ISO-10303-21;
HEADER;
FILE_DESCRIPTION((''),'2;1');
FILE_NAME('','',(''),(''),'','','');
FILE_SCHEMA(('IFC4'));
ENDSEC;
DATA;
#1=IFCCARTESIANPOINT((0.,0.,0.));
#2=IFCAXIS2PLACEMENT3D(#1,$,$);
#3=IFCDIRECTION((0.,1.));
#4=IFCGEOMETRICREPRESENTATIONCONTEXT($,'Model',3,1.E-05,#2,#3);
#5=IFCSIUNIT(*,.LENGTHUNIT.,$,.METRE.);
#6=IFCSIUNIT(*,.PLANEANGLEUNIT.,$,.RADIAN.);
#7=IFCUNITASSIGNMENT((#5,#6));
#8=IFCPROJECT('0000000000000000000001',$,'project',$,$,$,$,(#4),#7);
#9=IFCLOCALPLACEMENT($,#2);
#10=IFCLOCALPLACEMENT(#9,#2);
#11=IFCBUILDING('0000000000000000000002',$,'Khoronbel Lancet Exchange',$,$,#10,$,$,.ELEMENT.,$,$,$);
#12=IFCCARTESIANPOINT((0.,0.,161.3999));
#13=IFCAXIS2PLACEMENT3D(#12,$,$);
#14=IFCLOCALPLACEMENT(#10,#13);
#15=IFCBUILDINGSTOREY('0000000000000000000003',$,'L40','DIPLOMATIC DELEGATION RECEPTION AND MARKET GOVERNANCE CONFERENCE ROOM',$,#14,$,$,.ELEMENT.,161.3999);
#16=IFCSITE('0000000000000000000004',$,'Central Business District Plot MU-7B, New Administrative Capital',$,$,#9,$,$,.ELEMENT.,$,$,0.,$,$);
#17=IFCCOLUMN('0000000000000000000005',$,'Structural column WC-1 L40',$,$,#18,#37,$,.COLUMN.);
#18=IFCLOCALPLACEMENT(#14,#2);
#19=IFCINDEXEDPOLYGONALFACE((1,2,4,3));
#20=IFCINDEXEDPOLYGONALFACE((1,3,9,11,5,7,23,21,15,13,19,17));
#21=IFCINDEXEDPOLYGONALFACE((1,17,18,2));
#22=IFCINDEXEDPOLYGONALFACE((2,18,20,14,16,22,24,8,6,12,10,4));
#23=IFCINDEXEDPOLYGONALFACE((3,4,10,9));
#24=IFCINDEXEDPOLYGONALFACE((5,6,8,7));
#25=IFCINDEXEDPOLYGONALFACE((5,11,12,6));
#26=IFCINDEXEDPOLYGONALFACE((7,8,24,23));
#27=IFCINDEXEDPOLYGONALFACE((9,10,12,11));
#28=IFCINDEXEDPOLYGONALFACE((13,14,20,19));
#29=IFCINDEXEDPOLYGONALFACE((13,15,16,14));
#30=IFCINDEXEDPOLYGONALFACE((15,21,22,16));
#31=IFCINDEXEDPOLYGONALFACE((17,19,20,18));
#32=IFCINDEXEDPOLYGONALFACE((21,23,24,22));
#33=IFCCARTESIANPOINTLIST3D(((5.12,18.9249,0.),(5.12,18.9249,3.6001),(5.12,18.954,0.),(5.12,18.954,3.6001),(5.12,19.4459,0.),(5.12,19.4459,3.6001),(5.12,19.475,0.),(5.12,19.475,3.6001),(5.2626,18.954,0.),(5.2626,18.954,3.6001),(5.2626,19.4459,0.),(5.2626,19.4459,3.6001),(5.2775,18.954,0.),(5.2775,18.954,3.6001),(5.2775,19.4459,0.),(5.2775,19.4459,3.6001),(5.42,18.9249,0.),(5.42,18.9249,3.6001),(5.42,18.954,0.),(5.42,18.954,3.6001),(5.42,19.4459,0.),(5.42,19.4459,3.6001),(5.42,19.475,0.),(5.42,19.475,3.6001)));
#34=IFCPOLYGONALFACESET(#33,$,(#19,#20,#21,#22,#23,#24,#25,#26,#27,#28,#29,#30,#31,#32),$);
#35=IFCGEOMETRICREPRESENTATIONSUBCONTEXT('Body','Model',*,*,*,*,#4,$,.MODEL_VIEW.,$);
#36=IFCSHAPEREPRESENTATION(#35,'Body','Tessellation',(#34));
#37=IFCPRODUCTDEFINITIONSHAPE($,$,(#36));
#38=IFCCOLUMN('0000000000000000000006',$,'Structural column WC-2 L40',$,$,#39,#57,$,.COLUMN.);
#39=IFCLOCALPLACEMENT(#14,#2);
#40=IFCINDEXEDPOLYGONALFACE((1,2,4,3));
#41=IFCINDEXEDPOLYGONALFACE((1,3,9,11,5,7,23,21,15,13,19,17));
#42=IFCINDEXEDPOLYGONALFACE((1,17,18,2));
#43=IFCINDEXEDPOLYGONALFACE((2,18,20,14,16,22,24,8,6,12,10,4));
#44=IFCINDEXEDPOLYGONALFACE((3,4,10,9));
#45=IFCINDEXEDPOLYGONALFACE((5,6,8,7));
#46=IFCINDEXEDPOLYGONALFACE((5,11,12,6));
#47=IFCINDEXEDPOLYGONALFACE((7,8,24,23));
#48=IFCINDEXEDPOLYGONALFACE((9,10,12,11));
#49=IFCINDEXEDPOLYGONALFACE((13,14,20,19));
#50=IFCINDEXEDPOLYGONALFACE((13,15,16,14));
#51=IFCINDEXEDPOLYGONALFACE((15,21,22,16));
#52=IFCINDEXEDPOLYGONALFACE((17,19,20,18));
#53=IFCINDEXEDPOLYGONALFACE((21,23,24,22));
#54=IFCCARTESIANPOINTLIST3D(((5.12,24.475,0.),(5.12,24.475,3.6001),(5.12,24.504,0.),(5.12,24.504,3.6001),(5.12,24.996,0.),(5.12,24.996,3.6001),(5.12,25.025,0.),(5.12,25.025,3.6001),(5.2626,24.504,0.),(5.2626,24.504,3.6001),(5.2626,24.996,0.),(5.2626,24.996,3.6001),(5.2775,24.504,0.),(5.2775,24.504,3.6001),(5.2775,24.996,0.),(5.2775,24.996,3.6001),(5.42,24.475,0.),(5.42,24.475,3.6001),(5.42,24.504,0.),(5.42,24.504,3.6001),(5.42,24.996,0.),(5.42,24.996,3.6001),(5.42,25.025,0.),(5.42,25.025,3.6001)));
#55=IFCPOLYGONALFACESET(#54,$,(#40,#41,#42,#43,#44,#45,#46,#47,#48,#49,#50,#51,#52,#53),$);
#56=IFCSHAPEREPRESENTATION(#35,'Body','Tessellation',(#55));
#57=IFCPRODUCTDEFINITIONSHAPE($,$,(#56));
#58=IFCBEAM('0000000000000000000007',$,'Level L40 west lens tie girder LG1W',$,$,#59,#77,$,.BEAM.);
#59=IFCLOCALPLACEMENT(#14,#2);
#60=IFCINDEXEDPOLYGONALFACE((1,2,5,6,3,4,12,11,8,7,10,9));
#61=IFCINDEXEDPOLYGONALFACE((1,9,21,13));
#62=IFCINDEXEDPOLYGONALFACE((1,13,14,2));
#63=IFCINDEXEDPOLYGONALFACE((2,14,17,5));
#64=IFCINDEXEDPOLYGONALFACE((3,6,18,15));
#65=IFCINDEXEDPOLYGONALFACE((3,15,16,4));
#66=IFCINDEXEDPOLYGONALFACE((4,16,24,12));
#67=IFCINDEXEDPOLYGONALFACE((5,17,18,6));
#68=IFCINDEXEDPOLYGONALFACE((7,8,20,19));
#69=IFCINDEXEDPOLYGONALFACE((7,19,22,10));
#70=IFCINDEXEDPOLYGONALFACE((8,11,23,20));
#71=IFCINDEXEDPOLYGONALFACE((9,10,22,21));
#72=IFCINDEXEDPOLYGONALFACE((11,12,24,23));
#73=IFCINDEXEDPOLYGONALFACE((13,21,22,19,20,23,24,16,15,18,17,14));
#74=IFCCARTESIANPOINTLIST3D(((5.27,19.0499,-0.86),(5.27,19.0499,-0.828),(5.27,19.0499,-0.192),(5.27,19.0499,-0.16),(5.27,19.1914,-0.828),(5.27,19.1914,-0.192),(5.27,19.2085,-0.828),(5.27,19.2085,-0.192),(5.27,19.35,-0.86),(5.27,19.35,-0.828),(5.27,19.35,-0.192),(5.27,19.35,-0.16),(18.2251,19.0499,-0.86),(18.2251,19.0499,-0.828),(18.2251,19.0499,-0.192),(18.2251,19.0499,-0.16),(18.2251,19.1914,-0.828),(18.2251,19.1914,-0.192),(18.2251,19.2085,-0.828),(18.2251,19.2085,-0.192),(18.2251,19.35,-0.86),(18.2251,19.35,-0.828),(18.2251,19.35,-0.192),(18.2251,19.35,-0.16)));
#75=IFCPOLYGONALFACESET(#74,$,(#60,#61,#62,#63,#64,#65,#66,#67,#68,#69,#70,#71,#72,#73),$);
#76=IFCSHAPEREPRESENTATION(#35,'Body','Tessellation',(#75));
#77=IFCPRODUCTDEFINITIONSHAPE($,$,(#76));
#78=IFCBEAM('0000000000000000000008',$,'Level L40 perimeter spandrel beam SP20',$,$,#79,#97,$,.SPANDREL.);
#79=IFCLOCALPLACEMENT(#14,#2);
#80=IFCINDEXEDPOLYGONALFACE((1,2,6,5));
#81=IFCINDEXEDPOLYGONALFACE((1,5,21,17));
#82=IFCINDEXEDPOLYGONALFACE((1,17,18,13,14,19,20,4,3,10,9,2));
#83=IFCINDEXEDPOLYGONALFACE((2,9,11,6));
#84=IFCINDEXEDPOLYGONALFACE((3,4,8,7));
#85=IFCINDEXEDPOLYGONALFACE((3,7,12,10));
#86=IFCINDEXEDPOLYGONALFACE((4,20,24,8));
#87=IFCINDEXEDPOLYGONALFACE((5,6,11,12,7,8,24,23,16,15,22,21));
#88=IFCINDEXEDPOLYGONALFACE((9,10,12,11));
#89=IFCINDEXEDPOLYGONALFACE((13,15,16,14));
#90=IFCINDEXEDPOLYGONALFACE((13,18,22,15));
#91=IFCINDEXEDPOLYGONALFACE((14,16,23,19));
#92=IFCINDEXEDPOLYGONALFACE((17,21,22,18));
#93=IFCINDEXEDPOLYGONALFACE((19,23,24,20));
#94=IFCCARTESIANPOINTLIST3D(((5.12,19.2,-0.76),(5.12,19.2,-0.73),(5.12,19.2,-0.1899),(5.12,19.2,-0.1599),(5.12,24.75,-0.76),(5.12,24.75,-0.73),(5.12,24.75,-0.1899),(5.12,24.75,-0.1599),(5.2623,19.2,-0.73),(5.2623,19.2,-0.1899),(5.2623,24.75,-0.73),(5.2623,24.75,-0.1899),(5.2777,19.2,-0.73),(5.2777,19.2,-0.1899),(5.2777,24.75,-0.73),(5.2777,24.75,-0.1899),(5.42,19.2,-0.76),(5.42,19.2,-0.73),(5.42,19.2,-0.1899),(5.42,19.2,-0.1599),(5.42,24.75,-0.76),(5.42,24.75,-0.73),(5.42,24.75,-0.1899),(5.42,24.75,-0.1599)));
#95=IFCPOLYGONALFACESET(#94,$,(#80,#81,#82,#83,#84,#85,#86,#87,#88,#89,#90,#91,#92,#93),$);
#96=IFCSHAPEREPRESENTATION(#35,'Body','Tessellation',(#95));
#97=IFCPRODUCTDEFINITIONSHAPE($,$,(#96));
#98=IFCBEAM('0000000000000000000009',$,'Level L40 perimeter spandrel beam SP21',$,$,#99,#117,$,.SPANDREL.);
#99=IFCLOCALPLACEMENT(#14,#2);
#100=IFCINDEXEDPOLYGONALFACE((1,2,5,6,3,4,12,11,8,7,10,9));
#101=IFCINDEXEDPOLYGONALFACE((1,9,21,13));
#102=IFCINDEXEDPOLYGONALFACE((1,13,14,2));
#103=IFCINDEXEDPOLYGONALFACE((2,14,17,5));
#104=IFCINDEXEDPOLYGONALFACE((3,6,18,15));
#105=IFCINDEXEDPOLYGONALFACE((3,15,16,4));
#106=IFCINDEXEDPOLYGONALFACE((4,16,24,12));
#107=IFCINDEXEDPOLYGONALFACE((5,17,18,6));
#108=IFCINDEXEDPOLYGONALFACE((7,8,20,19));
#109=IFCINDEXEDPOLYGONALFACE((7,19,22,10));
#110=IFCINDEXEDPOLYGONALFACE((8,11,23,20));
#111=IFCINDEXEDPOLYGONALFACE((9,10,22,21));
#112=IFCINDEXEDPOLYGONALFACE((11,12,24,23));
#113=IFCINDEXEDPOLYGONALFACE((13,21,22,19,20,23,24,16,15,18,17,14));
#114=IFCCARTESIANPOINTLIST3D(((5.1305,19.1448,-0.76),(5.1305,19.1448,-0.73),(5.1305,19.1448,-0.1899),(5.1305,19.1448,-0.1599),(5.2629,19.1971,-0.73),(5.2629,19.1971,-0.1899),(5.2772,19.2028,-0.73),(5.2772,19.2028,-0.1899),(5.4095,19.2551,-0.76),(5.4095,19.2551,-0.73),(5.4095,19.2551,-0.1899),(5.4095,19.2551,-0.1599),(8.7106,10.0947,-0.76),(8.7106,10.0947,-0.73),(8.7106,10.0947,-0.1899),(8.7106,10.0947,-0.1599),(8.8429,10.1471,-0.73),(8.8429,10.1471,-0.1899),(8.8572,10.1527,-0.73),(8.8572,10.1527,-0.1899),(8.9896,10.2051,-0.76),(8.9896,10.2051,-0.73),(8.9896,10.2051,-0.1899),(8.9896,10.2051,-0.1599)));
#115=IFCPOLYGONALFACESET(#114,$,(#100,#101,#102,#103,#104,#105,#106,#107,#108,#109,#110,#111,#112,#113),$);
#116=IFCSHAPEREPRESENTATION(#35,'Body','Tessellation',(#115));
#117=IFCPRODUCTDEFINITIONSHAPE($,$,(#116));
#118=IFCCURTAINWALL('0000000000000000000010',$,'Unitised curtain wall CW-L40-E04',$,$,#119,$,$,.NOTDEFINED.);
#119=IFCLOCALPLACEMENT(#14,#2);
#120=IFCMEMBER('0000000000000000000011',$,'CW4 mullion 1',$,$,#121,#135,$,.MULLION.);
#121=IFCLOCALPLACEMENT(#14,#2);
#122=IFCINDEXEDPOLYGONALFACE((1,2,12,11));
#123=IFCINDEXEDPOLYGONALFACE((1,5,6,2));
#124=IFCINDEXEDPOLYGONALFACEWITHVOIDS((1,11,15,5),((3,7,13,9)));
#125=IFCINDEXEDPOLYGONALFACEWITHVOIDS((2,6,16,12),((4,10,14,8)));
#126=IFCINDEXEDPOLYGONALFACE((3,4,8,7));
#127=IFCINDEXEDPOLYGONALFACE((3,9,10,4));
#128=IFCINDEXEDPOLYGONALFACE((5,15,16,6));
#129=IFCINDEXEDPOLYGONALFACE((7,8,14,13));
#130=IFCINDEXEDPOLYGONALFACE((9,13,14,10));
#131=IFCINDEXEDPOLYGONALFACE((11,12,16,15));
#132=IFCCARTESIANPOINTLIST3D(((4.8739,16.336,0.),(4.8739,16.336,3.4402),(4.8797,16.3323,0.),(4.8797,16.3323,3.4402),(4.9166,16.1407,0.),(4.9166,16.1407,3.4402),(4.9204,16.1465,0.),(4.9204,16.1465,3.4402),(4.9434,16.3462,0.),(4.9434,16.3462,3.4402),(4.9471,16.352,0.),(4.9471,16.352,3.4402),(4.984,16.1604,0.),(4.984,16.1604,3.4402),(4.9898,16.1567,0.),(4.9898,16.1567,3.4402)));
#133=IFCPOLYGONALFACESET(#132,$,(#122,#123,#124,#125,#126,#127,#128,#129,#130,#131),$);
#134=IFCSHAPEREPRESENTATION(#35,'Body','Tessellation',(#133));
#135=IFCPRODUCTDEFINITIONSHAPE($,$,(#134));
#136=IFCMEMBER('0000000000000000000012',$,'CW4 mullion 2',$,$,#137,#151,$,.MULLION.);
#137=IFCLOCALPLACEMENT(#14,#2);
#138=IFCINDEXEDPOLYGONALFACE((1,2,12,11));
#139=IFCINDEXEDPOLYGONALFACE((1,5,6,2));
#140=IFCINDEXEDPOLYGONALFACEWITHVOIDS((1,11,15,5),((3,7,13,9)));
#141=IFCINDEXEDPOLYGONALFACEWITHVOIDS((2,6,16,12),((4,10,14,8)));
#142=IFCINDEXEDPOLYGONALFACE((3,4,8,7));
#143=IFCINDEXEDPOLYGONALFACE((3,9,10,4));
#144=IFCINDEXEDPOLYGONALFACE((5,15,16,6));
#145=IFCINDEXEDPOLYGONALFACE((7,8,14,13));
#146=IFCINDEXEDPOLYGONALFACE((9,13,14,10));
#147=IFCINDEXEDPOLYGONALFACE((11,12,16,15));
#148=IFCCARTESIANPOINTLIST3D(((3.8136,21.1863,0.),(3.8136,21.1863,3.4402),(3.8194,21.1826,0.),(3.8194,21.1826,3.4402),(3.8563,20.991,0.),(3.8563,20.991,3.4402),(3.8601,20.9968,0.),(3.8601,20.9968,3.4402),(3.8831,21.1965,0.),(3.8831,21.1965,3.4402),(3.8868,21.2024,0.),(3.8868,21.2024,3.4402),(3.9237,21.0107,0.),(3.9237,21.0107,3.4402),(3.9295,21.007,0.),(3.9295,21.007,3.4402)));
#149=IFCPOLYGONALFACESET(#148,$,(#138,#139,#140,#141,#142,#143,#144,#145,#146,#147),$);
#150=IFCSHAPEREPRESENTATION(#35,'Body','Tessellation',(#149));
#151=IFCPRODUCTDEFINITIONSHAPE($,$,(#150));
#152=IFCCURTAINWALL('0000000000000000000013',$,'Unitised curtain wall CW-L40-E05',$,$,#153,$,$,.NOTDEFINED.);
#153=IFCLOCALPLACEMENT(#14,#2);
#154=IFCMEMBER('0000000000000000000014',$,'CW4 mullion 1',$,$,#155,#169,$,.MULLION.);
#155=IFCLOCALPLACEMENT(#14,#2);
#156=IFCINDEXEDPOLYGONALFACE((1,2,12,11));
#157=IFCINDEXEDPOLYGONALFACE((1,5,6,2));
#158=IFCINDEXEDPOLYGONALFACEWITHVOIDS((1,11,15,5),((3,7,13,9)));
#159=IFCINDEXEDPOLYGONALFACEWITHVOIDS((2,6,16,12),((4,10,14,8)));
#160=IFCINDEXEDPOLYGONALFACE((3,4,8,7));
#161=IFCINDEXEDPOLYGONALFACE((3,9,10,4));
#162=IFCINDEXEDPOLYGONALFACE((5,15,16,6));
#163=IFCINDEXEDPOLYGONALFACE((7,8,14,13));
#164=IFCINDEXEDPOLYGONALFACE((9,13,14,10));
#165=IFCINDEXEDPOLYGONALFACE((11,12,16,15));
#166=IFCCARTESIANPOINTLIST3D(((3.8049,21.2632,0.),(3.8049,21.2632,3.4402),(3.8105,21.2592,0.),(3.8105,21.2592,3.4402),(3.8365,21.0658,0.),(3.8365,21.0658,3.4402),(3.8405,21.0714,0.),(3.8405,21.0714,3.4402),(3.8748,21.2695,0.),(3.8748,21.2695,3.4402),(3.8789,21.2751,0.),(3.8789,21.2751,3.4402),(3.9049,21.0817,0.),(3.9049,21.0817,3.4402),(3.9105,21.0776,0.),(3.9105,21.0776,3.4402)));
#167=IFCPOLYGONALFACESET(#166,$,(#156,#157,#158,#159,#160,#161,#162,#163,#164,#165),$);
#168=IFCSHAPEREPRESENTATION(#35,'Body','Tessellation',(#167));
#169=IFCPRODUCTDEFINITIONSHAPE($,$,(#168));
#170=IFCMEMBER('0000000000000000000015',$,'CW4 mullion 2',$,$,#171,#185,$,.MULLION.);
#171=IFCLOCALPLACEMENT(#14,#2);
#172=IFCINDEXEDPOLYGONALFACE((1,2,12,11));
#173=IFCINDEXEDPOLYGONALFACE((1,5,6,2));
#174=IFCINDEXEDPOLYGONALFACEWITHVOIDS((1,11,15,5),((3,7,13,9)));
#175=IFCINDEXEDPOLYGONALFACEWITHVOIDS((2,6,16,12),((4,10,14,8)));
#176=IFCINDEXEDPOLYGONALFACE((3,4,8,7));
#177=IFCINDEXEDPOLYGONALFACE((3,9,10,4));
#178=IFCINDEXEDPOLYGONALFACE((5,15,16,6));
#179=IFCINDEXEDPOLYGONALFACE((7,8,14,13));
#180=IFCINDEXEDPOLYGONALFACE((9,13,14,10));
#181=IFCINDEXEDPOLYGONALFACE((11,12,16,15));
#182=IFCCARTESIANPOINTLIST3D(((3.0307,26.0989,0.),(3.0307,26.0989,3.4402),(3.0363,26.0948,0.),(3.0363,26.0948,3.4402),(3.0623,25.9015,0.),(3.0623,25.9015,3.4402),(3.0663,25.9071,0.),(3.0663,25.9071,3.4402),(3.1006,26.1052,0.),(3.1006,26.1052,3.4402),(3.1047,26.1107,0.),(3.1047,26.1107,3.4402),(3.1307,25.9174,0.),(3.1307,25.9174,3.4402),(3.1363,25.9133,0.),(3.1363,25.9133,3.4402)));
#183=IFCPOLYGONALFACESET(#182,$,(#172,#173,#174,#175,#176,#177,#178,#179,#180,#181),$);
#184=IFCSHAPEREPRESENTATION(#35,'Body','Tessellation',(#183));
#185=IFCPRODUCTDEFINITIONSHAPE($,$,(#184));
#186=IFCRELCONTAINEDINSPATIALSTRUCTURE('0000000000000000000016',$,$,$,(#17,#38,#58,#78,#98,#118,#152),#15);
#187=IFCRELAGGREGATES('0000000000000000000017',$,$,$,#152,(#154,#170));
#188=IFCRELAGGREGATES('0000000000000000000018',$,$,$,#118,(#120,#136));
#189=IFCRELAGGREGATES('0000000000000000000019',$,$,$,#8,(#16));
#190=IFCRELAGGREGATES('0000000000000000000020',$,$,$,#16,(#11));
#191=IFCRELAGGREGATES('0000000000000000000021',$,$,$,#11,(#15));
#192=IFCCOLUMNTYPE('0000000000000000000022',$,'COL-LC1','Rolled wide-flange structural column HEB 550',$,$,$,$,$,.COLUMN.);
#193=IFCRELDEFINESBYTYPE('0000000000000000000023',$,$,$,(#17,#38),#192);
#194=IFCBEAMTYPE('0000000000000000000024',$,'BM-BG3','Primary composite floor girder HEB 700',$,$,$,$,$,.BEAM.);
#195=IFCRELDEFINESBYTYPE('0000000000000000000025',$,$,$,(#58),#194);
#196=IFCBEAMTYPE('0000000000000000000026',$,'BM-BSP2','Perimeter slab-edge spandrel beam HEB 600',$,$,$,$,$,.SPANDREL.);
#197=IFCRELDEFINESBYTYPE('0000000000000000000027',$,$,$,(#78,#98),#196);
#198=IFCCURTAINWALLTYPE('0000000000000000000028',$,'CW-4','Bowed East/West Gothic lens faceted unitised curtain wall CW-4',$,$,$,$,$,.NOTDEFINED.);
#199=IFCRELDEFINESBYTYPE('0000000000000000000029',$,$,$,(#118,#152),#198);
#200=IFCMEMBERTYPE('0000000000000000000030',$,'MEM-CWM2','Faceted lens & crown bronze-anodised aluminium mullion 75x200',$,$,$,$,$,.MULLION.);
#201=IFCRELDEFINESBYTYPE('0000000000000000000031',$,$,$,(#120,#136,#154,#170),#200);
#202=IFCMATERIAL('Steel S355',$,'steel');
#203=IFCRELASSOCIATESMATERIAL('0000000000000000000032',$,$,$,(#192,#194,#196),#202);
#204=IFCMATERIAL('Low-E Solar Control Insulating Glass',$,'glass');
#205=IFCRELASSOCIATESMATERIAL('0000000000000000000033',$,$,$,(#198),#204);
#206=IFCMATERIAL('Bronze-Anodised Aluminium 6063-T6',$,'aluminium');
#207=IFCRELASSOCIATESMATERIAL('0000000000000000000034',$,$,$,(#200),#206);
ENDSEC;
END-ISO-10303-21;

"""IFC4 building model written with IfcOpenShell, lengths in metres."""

from ifc_helpers import new_model, si_unit, direction, frame, origin, origin_2d, place, context, subcontext, project, spatial, hollow_rectangle, i_section, extrude, material, material_profile, profile_set, type_object, element, aggregate, save


model = new_model("IFC4")

# Units and contexts
model_context = context("Model", 3, precision=1e-05, world=origin(), true_north=direction((0.0, 1.0)))
body_context = subcontext(model_context, "Body", "Model", "MODEL_VIEW")
ifc_project = project(units=[si_unit("LENGTHUNIT", "METRE"), si_unit("PLANEANGLEUNIT", "RADIAN")], contexts=[model_context])

# Site, building, storey
site_placement = place(None, origin())
site = spatial("IfcSite", under=ifc_project, at=site_placement, Name="Central Business District Plot MU-7B, New Administrative Capital", CompositionType="ELEMENT", RefElevation=0.0)
building_placement = place(site_placement, origin())
building = spatial("IfcBuilding", under=site, at=building_placement, Name="Khoronbel Lancet Exchange", CompositionType="ELEMENT")
storey_placement = place(building_placement, frame((0.0, 0.0, 161.3999)))
storey = spatial("IfcBuildingStorey", under=building, at=storey_placement, Name="L40", Description="DIPLOMATIC DELEGATION RECEPTION AND MARKET GOVERNANCE CONFERENCE ROOM", CompositionType="ELEMENT", Elevation=161.3999)

# Columns
ifc_material_1 = material(Name="Steel S355", Category="steel")
ifc_material_profile_1 = material_profile(ifc_material_1, i_section(OverallWidth=0.3, OverallDepth=0.55, WebThickness=0.0149, FlangeThickness=0.0291, at=origin_2d()), Name="HEB 550")
ifc_profile_set_1 = profile_set([ifc_material_profile_1], Name="Steel S355")
column_type = type_object("IfcColumnType", Name="COL-LC1", Description="Rolled wide-flange structural column HEB 550", PredefinedType="COLUMN", material=ifc_profile_set_1)
for number, where, z_axis, x_axis, name in (
    (1, (5.27, 19.2, 0.0), (0.0, 0.0, 1.0), (1.0, 0.0, 0.0), "Structural column WC-1 L40"),
    (2, (5.27, 24.75, 0.0), (0.0, 0.0, 1.0), (1.0, 0.0, 0.0), "Structural column WC-2 L40"),
):
    element("IfcColumn", number, at=place(storey_placement, frame(where, z_axis=z_axis, x_axis=x_axis)), inside=storey, type_object=column_type, Name=name, PredefinedType="COLUMN", context=body_context, shape_type="SweptSolid", body=[
        extrude(i_section(OverallWidth=0.3, OverallDepth=0.55, WebThickness=0.0149, FlangeThickness=0.0291, at=origin_2d()), origin(), (0.0, 0.0, 1.0), 3.6001),
    ])

# Beams
ifc_material_profile_2 = material_profile(ifc_material_1, i_section(OverallWidth=0.3, OverallDepth=0.7, WebThickness=0.0171, FlangeThickness=0.032, at=origin_2d()), Name="HEB 700")
ifc_profile_set_2 = profile_set([ifc_material_profile_2], Name="Steel S355")
beam_type_1 = type_object("IfcBeamType", Name="BM-BG3", Description="Primary composite floor girder HEB 700", PredefinedType="BEAM", material=ifc_profile_set_2)
beam_1_placement = place(storey_placement, frame((5.27, 19.2, -0.51), z_axis=(1.0, 0.0, 0.0), x_axis=(0.0, 1.0, 0.0)))
element("IfcBeam", 3, at=beam_1_placement, inside=storey, type_object=beam_type_1, Name="Level L40 west lens tie girder LG1W", PredefinedType="BEAM", context=body_context, shape_type="SweptSolid", body=[
    extrude(i_section(OverallWidth=0.3, OverallDepth=0.7, WebThickness=0.0171, FlangeThickness=0.032, at=origin_2d()), origin(), (0.0, 0.0, 1.0), 12.9551),
])
ifc_material_profile_3 = material_profile(ifc_material_1, i_section(OverallWidth=0.3, OverallDepth=0.6001, WebThickness=0.0154, FlangeThickness=0.03, at=origin_2d()), Name="HEB 600")
ifc_profile_set_3 = profile_set([ifc_material_profile_3], Name="Steel S355")
beam_type_2 = type_object("IfcBeamType", Name="BM-BSP2", Description="Perimeter slab-edge spandrel beam HEB 600", PredefinedType="SPANDREL", material=ifc_profile_set_3)
beam_2_placement = place(storey_placement, frame((5.27, 24.75, -0.46), z_axis=(0.0, -1.0, 0.0), x_axis=(1.0, 0.0, 0.0)))
element("IfcBeam", 4, at=beam_2_placement, inside=storey, type_object=beam_type_2, Name="Level L40 perimeter spandrel beam SP20", PredefinedType="SPANDREL", context=body_context, shape_type="SweptSolid", body=[
    extrude(i_section(OverallWidth=0.3, OverallDepth=0.6001, WebThickness=0.0154, FlangeThickness=0.03, at=origin_2d()), origin(), (0.0, 0.0, 1.0), 5.55),
])
beam_3_placement = place(storey_placement, frame((5.27, 19.2, -0.46), z_axis=(0.36785, -0.929885, 0.0), x_axis=(0.929885, 0.36785, 0.0)))
element("IfcBeam", 5, at=beam_3_placement, inside=storey, type_object=beam_type_2, Name="Level L40 perimeter spandrel beam SP21", PredefinedType="SPANDREL", context=body_context, shape_type="SweptSolid", body=[
    extrude(i_section(OverallWidth=0.3, OverallDepth=0.6001, WebThickness=0.0154, FlangeThickness=0.03, at=origin_2d()), origin(), (0.0, 0.0, 1.0), 9.7324),
])

# Curtain walls, members
ifc_material_2 = material(Name="Low-E Solar Control Insulating Glass", Category="glass")
curtain_wall_type = type_object("IfcCurtainWallType", Name="CW-4", Description="Bowed East/West Gothic lens faceted unitised curtain wall CW-4", PredefinedType="NOTDEFINED", material=ifc_material_2)
curtain_wall_1_placement = place(storey_placement, origin())
curtain_wall_1 = element("IfcCurtainWall", 6, at=curtain_wall_1_placement, inside=storey, type_object=curtain_wall_type, Name="Unitised curtain wall CW-L40-E04", PredefinedType="NOTDEFINED")
ifc_material_3 = material(Name="Bronze-Anodised Aluminium 6063-T6", Category="aluminium")
ifc_material_profile_4 = material_profile(ifc_material_3, hollow_rectangle(XDim=0.075, YDim=0.2, WallThickness=0.0049, at=origin_2d()), Name="ALU MULLION 75x200")
ifc_profile_set_4 = profile_set([ifc_material_profile_4], Name="Bronze-Anodised Aluminium 6063-T6")
member_type_1 = type_object("IfcMemberType", Name="MEM-CWM2", Description="Faceted lens & crown bronze-anodised aluminium mullion 75x200", PredefinedType="MULLION", material=ifc_profile_set_4)
member_1_placement = place(storey_placement, frame((4.9319, 16.2463, 0.0), z_axis=(0.0, 0.0, 1.0), x_axis=(-0.976923, -0.213591, 0.0)))
member_1 = element("IfcMember", 7, at=member_1_placement, type_object=member_type_1, Name="CW4 mullion 1", PredefinedType="MULLION", context=body_context, shape_type="SweptSolid", body=[
    extrude(hollow_rectangle(XDim=0.075, YDim=0.2, WallThickness=0.0049, at=origin_2d()), origin(), (0.0, 0.0, 1.0), 3.4402),
])
member_2_placement = place(storey_placement, frame((3.8716, 21.0967, 0.0), z_axis=(0.0, 0.0, 1.0), x_axis=(-0.976923, -0.213591, 0.0)))
member_2 = element("IfcMember", 8, at=member_2_placement, type_object=member_type_1, Name="CW4 mullion 2", PredefinedType="MULLION", context=body_context, shape_type="SweptSolid", body=[
    extrude(hollow_rectangle(XDim=0.075, YDim=0.2, WallThickness=0.0049, at=origin_2d()), origin(), (0.0, 0.0, 1.0), 3.4402),
])
curtain_wall_2_placement = place(storey_placement, origin())
curtain_wall_2 = element("IfcCurtainWall", 9, at=curtain_wall_2_placement, inside=storey, type_object=curtain_wall_type, Name="Unitised curtain wall CW-L40-E05", PredefinedType="NOTDEFINED")
member_3_placement = place(storey_placement, frame((3.8577, 21.1704, 0.0), z_axis=(0.0, 0.0, 1.0), x_axis=(-0.98743, -0.158059, 0.0)))
member_3 = element("IfcMember", 10, at=member_3_placement, type_object=member_type_1, Name="CW4 mullion 1", PredefinedType="MULLION", context=body_context, shape_type="SweptSolid", body=[
    extrude(hollow_rectangle(XDim=0.075, YDim=0.2, WallThickness=0.0049, at=origin_2d()), origin(), (0.0, 0.0, 1.0), 3.4402),
])
member_4_placement = place(storey_placement, frame((3.0835, 26.0061, 0.0), z_axis=(0.0, 0.0, 1.0), x_axis=(-0.98743, -0.158059, 0.0)))
member_4 = element("IfcMember", 11, at=member_4_placement, type_object=member_type_1, Name="CW4 mullion 2", PredefinedType="MULLION", context=body_context, shape_type="SweptSolid", body=[
    extrude(hollow_rectangle(XDim=0.075, YDim=0.2, WallThickness=0.0049, at=origin_2d()), origin(), (0.0, 0.0, 1.0), 3.4402),
])

aggregate(curtain_wall_2, [member_3, member_4])
aggregate(curtain_wall_1, [member_1, member_2])

save(model, "model.ifc")
